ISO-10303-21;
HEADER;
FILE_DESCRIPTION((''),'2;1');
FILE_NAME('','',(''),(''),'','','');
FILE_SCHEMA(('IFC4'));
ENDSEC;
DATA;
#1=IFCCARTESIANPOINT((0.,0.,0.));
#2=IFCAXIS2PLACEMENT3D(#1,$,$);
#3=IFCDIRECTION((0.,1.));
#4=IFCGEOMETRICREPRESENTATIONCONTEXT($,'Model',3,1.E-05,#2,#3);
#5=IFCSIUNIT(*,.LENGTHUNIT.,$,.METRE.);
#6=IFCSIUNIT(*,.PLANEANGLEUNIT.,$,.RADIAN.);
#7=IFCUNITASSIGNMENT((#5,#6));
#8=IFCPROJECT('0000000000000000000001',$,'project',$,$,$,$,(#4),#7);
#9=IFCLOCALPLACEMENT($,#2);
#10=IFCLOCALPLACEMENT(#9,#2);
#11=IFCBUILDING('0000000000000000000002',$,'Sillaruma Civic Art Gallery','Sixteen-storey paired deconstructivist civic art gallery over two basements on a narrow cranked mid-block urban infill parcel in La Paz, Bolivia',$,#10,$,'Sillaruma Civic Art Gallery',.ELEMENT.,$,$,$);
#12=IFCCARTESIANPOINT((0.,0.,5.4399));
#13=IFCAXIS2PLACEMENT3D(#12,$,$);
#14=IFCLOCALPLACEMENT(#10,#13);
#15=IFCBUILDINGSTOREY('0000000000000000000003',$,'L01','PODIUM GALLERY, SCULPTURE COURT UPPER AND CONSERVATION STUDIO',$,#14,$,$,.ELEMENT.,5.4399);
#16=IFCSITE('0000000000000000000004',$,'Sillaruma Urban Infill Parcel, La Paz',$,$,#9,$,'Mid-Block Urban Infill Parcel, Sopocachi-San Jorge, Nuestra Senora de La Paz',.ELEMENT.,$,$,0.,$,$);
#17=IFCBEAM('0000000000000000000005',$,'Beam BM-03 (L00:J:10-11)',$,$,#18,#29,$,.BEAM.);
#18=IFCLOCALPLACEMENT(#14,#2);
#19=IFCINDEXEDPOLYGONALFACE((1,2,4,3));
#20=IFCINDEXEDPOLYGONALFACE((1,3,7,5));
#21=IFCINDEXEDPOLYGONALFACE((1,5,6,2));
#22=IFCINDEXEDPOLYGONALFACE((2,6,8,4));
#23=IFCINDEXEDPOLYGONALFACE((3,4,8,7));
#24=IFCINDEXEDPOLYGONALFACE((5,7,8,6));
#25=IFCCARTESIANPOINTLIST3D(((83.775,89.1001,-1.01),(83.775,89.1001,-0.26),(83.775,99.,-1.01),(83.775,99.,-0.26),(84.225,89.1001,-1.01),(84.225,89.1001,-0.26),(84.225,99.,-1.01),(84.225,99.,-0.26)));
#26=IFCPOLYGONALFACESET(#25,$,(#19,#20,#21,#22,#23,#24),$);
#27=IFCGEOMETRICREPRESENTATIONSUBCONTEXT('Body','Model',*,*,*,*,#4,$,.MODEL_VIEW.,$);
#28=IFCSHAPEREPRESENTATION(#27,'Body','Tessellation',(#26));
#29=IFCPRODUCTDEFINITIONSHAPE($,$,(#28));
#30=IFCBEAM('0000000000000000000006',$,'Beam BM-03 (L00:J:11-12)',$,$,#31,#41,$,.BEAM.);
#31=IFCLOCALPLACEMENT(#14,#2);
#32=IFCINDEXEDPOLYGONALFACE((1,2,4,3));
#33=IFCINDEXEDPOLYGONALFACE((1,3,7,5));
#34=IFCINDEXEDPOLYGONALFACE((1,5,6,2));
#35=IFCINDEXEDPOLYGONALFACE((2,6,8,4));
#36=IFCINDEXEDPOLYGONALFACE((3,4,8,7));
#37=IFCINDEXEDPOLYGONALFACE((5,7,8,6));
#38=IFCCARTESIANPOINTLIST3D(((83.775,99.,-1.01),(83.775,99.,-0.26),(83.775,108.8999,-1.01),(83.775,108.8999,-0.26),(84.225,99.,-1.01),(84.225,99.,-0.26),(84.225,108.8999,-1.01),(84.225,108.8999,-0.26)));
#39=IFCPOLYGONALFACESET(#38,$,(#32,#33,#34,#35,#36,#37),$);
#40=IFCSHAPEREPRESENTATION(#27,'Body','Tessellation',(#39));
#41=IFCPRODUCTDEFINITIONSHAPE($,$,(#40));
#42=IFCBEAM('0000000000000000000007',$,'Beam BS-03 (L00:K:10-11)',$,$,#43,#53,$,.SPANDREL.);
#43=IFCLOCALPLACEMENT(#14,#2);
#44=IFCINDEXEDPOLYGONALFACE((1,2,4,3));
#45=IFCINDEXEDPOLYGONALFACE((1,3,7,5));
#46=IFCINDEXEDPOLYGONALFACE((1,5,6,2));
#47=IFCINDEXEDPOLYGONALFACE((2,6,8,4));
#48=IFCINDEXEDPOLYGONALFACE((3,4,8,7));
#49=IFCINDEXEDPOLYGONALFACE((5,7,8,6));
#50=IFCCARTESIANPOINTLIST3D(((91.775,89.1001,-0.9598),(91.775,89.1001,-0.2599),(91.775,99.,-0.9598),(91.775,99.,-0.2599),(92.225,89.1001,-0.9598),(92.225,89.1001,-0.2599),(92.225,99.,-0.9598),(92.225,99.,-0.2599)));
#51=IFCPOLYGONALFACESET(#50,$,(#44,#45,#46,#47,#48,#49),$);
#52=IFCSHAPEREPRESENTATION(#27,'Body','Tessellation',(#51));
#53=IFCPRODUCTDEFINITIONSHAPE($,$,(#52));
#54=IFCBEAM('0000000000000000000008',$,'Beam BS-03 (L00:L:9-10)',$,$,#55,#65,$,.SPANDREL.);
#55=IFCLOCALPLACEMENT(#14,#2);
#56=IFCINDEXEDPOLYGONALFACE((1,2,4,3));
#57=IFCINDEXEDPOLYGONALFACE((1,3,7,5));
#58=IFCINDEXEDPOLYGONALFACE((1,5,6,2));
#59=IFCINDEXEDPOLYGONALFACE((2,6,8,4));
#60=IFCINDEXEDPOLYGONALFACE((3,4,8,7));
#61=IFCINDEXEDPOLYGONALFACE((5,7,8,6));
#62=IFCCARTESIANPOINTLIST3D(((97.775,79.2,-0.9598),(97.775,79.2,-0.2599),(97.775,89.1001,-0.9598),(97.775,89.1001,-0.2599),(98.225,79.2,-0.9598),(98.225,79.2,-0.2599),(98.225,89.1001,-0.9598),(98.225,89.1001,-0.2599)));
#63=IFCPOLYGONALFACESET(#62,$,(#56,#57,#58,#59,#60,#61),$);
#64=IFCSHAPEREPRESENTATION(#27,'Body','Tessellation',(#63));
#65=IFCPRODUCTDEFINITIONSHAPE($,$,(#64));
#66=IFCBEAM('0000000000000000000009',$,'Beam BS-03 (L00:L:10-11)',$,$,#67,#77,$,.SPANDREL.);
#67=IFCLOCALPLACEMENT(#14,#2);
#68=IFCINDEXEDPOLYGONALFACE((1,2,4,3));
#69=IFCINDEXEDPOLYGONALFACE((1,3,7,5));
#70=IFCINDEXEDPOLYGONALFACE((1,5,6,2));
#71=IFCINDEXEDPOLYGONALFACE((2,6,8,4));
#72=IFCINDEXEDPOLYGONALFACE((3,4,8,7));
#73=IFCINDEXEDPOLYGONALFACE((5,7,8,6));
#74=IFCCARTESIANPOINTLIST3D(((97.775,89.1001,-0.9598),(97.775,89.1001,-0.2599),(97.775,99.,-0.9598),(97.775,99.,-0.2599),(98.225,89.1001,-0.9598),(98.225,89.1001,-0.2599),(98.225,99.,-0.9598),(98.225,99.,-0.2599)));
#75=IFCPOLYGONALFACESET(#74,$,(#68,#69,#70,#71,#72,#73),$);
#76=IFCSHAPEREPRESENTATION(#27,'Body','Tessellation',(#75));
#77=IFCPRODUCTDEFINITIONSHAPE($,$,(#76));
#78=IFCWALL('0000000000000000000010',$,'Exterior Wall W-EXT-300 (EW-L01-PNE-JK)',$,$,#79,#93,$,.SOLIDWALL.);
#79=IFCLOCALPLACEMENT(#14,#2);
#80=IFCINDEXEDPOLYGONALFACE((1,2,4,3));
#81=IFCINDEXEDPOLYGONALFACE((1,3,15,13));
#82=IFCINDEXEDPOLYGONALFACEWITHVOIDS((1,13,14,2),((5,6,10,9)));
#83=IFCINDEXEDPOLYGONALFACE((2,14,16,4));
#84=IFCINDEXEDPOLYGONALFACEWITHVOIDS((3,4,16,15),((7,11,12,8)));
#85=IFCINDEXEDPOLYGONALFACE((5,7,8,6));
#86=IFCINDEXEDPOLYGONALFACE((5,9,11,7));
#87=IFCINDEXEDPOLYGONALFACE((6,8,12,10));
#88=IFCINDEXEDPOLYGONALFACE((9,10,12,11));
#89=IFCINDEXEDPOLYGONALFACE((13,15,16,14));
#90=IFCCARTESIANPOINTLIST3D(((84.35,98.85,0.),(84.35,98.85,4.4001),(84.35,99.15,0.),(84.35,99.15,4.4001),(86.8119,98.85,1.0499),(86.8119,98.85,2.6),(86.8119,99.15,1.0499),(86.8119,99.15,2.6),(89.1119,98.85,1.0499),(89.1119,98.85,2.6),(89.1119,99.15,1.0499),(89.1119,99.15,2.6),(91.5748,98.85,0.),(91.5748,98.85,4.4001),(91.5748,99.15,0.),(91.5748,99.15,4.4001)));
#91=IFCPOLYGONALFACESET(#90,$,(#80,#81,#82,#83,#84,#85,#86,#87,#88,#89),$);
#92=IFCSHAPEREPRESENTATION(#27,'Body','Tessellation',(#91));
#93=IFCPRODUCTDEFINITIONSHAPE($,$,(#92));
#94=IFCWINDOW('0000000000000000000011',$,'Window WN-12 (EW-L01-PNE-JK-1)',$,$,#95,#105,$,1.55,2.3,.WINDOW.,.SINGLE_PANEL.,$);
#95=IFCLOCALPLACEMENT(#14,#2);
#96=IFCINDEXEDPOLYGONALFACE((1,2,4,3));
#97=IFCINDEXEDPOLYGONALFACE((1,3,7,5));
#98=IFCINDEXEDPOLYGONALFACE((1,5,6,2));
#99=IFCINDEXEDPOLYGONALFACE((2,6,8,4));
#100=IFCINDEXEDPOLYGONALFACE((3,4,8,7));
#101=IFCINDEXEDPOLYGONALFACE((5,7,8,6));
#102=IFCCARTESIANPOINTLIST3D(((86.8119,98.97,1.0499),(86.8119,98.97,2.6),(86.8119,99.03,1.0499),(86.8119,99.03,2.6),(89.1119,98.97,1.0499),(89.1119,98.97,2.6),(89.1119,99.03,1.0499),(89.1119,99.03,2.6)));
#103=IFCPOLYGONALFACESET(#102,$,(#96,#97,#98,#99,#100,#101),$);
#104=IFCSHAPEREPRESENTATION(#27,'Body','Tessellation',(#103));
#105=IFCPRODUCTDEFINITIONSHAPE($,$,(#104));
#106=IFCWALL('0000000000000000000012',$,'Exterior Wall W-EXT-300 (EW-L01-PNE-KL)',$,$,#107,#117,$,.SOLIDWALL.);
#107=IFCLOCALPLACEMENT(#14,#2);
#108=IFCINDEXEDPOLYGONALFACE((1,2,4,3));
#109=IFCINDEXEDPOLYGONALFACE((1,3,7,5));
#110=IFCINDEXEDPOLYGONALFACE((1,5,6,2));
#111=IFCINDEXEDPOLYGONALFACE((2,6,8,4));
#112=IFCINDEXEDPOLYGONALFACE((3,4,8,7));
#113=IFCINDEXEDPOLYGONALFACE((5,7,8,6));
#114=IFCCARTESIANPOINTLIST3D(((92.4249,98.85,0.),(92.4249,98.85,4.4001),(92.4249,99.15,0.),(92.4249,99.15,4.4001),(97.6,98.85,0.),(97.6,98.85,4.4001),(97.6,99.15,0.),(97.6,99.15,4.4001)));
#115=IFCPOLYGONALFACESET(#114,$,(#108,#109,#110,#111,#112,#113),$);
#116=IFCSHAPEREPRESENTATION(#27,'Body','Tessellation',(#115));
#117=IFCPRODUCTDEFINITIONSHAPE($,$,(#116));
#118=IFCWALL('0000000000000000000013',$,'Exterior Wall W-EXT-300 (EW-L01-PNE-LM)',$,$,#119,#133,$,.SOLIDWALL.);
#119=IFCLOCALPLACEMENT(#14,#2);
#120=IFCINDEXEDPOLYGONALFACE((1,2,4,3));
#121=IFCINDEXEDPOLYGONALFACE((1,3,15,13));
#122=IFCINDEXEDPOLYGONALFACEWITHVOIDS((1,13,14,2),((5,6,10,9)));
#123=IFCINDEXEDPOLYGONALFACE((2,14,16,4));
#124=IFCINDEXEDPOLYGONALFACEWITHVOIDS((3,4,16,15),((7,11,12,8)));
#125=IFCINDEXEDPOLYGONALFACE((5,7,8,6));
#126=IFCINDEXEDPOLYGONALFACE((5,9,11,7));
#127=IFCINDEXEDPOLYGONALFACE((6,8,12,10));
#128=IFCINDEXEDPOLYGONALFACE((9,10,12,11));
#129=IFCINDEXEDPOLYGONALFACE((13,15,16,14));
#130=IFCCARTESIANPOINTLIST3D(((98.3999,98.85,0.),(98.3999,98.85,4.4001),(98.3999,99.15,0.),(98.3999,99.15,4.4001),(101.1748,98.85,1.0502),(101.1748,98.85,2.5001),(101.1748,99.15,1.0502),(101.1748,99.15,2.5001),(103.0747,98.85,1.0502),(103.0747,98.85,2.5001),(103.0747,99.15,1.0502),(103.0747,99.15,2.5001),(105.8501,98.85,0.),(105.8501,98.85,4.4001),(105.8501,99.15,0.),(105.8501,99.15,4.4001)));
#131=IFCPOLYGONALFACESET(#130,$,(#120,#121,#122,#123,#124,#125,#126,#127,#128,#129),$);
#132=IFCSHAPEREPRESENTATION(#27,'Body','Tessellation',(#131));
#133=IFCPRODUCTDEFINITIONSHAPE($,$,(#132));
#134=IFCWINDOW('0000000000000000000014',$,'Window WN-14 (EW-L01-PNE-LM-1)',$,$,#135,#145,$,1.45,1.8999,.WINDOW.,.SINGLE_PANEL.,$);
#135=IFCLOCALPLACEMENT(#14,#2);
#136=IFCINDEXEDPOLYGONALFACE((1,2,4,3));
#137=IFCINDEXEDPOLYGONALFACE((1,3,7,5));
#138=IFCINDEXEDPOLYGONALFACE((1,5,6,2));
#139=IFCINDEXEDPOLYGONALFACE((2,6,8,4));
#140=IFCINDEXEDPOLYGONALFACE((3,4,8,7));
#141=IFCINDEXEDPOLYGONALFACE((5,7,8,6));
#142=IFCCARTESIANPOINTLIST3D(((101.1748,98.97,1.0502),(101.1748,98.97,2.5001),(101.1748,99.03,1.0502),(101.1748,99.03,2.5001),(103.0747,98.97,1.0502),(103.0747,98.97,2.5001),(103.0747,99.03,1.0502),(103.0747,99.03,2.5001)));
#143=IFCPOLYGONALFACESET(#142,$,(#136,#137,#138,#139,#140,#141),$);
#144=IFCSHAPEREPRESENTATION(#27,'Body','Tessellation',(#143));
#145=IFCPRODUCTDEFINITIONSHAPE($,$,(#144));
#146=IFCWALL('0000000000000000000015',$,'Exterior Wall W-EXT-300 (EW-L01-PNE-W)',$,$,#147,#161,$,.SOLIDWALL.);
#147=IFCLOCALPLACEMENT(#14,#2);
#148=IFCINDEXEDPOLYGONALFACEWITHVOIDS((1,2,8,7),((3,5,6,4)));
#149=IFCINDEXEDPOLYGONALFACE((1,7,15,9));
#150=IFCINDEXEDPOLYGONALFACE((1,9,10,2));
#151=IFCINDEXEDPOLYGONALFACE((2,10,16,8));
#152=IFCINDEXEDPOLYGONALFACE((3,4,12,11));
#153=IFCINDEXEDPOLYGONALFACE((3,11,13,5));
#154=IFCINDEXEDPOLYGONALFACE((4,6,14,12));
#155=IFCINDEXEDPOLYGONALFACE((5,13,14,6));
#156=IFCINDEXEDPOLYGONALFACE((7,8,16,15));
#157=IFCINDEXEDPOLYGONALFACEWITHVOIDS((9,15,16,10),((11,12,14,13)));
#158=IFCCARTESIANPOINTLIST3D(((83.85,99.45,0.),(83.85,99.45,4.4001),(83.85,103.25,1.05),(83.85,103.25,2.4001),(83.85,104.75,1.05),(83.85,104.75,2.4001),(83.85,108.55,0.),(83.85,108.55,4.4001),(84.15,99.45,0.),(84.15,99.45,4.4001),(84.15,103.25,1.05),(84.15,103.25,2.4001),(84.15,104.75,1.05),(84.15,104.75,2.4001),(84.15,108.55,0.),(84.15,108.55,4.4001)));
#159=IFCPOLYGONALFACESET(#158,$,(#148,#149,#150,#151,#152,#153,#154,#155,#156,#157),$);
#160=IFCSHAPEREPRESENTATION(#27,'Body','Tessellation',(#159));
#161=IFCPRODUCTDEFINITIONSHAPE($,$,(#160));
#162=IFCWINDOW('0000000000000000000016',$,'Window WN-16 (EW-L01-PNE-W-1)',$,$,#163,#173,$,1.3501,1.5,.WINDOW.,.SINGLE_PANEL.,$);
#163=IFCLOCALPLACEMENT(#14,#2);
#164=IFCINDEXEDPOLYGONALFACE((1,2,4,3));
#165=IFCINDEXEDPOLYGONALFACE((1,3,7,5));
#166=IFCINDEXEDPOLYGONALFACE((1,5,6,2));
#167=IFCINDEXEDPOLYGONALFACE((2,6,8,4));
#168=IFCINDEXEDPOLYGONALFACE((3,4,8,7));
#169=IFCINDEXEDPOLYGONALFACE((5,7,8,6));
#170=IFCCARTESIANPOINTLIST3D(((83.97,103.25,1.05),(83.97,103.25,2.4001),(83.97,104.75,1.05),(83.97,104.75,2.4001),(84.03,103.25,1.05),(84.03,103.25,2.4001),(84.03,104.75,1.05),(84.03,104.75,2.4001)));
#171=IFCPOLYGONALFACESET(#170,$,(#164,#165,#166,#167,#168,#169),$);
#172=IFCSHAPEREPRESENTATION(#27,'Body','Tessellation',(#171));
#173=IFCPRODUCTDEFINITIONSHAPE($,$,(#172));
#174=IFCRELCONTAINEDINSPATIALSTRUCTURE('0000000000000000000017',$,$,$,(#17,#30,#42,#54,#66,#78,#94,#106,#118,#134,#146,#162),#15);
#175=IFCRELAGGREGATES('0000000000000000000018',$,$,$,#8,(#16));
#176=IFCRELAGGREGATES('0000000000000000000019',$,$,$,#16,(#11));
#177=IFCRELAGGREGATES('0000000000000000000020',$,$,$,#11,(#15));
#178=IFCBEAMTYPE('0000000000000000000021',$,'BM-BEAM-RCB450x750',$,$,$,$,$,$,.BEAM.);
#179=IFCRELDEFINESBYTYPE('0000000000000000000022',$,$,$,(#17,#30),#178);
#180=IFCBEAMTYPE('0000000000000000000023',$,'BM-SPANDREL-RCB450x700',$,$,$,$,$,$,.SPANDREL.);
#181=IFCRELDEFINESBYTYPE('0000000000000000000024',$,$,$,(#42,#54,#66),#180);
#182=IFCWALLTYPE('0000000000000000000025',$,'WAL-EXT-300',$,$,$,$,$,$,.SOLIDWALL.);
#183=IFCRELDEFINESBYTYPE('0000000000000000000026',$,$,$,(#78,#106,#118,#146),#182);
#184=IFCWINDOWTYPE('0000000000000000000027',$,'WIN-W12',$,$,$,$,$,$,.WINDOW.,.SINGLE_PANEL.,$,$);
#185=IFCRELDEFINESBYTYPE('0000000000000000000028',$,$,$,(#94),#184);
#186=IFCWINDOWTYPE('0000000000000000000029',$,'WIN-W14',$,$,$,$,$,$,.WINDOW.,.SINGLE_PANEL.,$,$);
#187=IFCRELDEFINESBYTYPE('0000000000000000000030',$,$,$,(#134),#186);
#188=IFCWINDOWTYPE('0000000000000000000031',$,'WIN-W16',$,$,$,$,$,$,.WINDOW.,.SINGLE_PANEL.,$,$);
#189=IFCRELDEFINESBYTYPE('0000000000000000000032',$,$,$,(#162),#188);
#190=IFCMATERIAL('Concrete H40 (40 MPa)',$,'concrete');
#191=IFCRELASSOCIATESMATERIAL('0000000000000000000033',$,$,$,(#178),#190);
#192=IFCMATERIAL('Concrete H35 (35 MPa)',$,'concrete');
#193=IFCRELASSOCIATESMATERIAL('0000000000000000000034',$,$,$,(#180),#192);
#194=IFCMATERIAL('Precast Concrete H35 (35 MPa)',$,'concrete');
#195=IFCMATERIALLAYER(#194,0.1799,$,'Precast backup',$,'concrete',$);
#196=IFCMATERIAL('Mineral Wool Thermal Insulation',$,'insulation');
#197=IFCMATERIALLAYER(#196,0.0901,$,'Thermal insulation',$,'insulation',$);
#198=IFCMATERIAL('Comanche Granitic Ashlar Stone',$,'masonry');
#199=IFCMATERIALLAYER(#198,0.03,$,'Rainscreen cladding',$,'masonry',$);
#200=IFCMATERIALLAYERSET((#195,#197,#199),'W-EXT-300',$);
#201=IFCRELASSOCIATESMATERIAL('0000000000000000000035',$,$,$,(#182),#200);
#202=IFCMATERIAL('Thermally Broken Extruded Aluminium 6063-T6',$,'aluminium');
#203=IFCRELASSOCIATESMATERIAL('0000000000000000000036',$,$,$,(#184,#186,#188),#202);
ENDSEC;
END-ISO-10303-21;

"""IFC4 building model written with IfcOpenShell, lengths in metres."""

from ifc_helpers import new_model, si_unit, direction, frame, frame_2d, origin, origin_2d, place, context, subcontext, project, spatial, rectangle, extrude, material, layer, layer_set, material_profile, profile_set, type_object, element, fill, save


model = new_model("IFC4")

# Units and contexts
model_context = context("Model", 3, precision=1e-05, world=origin(), true_north=direction((0.0, 1.0)))
body_context = subcontext(model_context, "Body", "Model", "MODEL_VIEW")
ifc_project = project(units=[si_unit("LENGTHUNIT", "METRE"), si_unit("PLANEANGLEUNIT", "RADIAN")], contexts=[model_context])

# Site, building, storey
site_placement = place(None, origin())
site = spatial("IfcSite", under=ifc_project, at=site_placement, Name="Sillaruma Urban Infill Parcel, La Paz", LongName="Mid-Block Urban Infill Parcel, Sopocachi-San Jorge, Nuestra Senora de La Paz", CompositionType="ELEMENT", RefElevation=0.0)
building_placement = place(site_placement, origin())
building = spatial("IfcBuilding", under=site, at=building_placement, Name="Sillaruma Civic Art Gallery", Description="Sixteen-storey paired deconstructivist civic art gallery over two basements on a narrow cranked mid-block urban infill parcel in La Paz, Bolivia", LongName="Sillaruma Civic Art Gallery", CompositionType="ELEMENT")
storey_placement = place(building_placement, frame((0.0, 0.0, 5.4399)))
storey = spatial("IfcBuildingStorey", under=building, at=storey_placement, Name="L01", Description="PODIUM GALLERY, SCULPTURE COURT UPPER AND CONSERVATION STUDIO", CompositionType="ELEMENT", Elevation=5.4399)

# Shared definitions
ifc_material_1 = material(Name="Concrete H40 (40 MPa)", Category="concrete")

# Beams
ifc_material_2 = material(Name="Concrete H35 (35 MPa)", Category="concrete")
ifc_material_profile_1 = material_profile(ifc_material_1, rectangle(XDim=0.45, YDim=0.75, at=origin_2d()), Name="RCB450x750")
ifc_profile_set_1 = profile_set([ifc_material_profile_1], Name="Concrete H40 (40 MPa)")
beam_type_1 = type_object("IfcBeamType", Name="BM-BEAM-RCB450x750", PredefinedType="BEAM", material=ifc_profile_set_1)
for number, where, z_axis, x_axis, name in (
    (1, (84.0, 89.1001, -0.635), (0.0, 1.0, 0.0), (-1.0, 0.0, 0.0), "Beam BM-03 (L00:J:10-11)"),
    (2, (84.0, 99.0, -0.635), (0.0, 1.0, 0.0), (-1.0, 0.0, 0.0), "Beam BM-03 (L00:J:11-12)"),
):
    element("IfcBeam", number, at=place(storey_placement, frame(where, z_axis=z_axis, x_axis=x_axis)), inside=storey, type_object=beam_type_1, Name=name, PredefinedType="BEAM", context=body_context, shape_type="SweptSolid", body=[
        extrude(rectangle(XDim=0.45, YDim=0.75, at=origin_2d()), origin(), (0.0, 0.0, 1.0), 9.8999),
    ])
ifc_material_profile_2 = material_profile(ifc_material_2, rectangle(XDim=0.45, YDim=0.7, at=origin_2d()), Name="RCB450x700")
ifc_profile_set_2 = profile_set([ifc_material_profile_2], Name="Concrete H35 (35 MPa)")
beam_type_2 = type_object("IfcBeamType", Name="BM-SPANDREL-RCB450x700", PredefinedType="SPANDREL", material=ifc_profile_set_2)
beam_1_placement = place(storey_placement, frame((92.0, 89.1001, -0.6099), z_axis=(0.0, 1.0, 0.0), x_axis=(-1.0, 0.0, 0.0)))
element("IfcBeam", 3, at=beam_1_placement, inside=storey, type_object=beam_type_2, Name="Beam BS-03 (L00:K:10-11)", PredefinedType="SPANDREL", context=body_context, shape_type="SweptSolid", body=[
    extrude(rectangle(XDim=0.45, YDim=0.7, at=origin_2d()), origin(), (0.0, 0.0, 1.0), 9.8999),
])
beam_2_placement = place(storey_placement, frame((98.0, 79.2, -0.6099), z_axis=(0.0, 1.0, 0.0), x_axis=(-1.0, 0.0, 0.0)))
element("IfcBeam", 4, at=beam_2_placement, inside=storey, type_object=beam_type_2, Name="Beam BS-03 (L00:L:9-10)", PredefinedType="SPANDREL", context=body_context, shape_type="SweptSolid", body=[
    extrude(rectangle(XDim=0.45, YDim=0.7, at=origin_2d()), origin(), (0.0, 0.0, 1.0), 9.9001),
])
beam_3_placement = place(storey_placement, frame((98.0, 89.1001, -0.6099), z_axis=(0.0, 1.0, 0.0), x_axis=(-1.0, 0.0, 0.0)))
element("IfcBeam", 5, at=beam_3_placement, inside=storey, type_object=beam_type_2, Name="Beam BS-03 (L00:L:10-11)", PredefinedType="SPANDREL", context=body_context, shape_type="SweptSolid", body=[
    extrude(rectangle(XDim=0.45, YDim=0.7, at=origin_2d()), origin(), (0.0, 0.0, 1.0), 9.8999),
])

# Wall, opening, window
ifc_material_3 = material(Name="Precast Concrete H35 (35 MPa)", Category="concrete")
ifc_layer_1 = layer(ifc_material_3, 0.1799, Name="Precast backup", Category="concrete")
ifc_material_4 = material(Name="Mineral Wool Thermal Insulation", Category="insulation")
ifc_layer_2 = layer(ifc_material_4, 0.0901, Name="Thermal insulation", Category="insulation")
ifc_material_5 = material(Name="Comanche Granitic Ashlar Stone", Category="masonry")
ifc_layer_3 = layer(ifc_material_5, 0.03, Name="Rainscreen cladding", Category="masonry")
ifc_layer_set = layer_set([ifc_layer_1, ifc_layer_2, ifc_layer_3], Name="W-EXT-300")
wall_type = type_object("IfcWallType", Name="WAL-EXT-300", PredefinedType="SOLIDWALL", material=ifc_layer_set)
wall_1_placement = place(storey_placement, frame((84.3501, 99.0, 0.0), z_axis=(0.0, 0.0, 1.0), x_axis=(1.0, 0.0, 0.0)))
wall_1 = element("IfcWall", 6, at=wall_1_placement, inside=storey, type_object=wall_type, Name="Exterior Wall W-EXT-300 (EW-L01-PNE-JK)", PredefinedType="SOLIDWALL", context=body_context, shape_type="SweptSolid", body=[
    extrude(rectangle(XDim=7.2249, YDim=0.3, at=frame_2d((3.6123, 0.0))), origin(), (0.0, 0.0, 1.0), 4.4001),
])
opening_1_placement = place(wall_1_placement, frame((2.4619, 0.0, 1.05)))
opening_1 = element("IfcOpeningElement", 7, at=opening_1_placement, cuts=wall_1, PredefinedType="OPENING", context=body_context, shape_type="SweptSolid", body=[
    extrude(rectangle(XDim=2.3, YDim=1.55, at=frame_2d((1.1499, 0.7749))), frame((0.0, 0.1599, 0.0), z_axis=(0.0, -1.0, 0.0), x_axis=(1.0, 0.0, 0.0)), (0.0, 0.0, 1.0), 0.3201),
])
ifc_material_6 = material(Name="Thermally Broken Extruded Aluminium 6063-T6", Category="aluminium")
window_type_1 = type_object("IfcWindowType", Name="WIN-W12", PartitioningType="SINGLE_PANEL", PredefinedType="WINDOW", material=ifc_material_6)
window_1_placement = place(opening_1_placement, origin())
window_1 = element("IfcWindow", 8, at=window_1_placement, inside=storey, type_object=window_type_1, Name="Window WN-12 (EW-L01-PNE-JK-1)", OverallHeight=1.55, OverallWidth=2.3, PartitioningType="SINGLE_PANEL", PredefinedType="WINDOW", context=body_context, shape_type="SweptSolid", body=[
    extrude(rectangle(XDim=2.3, YDim=1.55, at=frame_2d((1.1499, 0.7749))), frame((0.0, 0.03, 0.0), z_axis=(0.0, -1.0, 0.0), x_axis=(1.0, 0.0, 0.0)), (0.0, 0.0, 1.0), 0.0601),
])
fill(opening_1, window_1)

# Wall
wall_2_placement = place(storey_placement, frame((92.425, 99.0, 0.0), z_axis=(0.0, 0.0, 1.0), x_axis=(1.0, 0.0, 0.0)))
element("IfcWall", 9, at=wall_2_placement, inside=storey, type_object=wall_type, Name="Exterior Wall W-EXT-300 (EW-L01-PNE-KL)", PredefinedType="SOLIDWALL", context=body_context, shape_type="SweptSolid", body=[
    extrude(rectangle(XDim=5.175, YDim=0.3, at=frame_2d((2.5874, 0.0))), origin(), (0.0, 0.0, 1.0), 4.4001),
])

# Walls, openings, windows
wall_3_placement = place(storey_placement, frame((98.3999, 99.0, 0.0), z_axis=(0.0, 0.0, 1.0), x_axis=(1.0, 0.0, 0.0)))
wall_3 = element("IfcWall", 10, at=wall_3_placement, inside=storey, type_object=wall_type, Name="Exterior Wall W-EXT-300 (EW-L01-PNE-LM)", PredefinedType="SOLIDWALL", context=body_context, shape_type="SweptSolid", body=[
    extrude(rectangle(XDim=7.4502, YDim=0.3, at=frame_2d((3.7251, 0.0))), origin(), (0.0, 0.0, 1.0), 4.4001),
])
opening_2_placement = place(wall_3_placement, frame((2.7749, 0.0, 1.05)))
opening_2 = element("IfcOpeningElement", 11, at=opening_2_placement, cuts=wall_3, PredefinedType="OPENING", context=body_context, shape_type="SweptSolid", body=[
    extrude(rectangle(XDim=1.8999, YDim=1.45, at=frame_2d((0.95, 0.7251))), frame((0.0, 0.1599, 0.0), z_axis=(0.0, -1.0, 0.0), x_axis=(1.0, 0.0, 0.0)), (0.0, 0.0, 1.0), 0.3201),
])
window_type_2 = type_object("IfcWindowType", Name="WIN-W14", PartitioningType="SINGLE_PANEL", PredefinedType="WINDOW", material=ifc_material_6)
window_2_placement = place(opening_2_placement, origin())
window_2 = element("IfcWindow", 12, at=window_2_placement, inside=storey, type_object=window_type_2, Name="Window WN-14 (EW-L01-PNE-LM-1)", OverallHeight=1.45, OverallWidth=1.8999, PartitioningType="SINGLE_PANEL", PredefinedType="WINDOW", context=body_context, shape_type="SweptSolid", body=[
    extrude(rectangle(XDim=1.8999, YDim=1.45, at=frame_2d((0.95, 0.7251))), frame((0.0, 0.03, 0.0), z_axis=(0.0, -1.0, 0.0), x_axis=(1.0, 0.0, 0.0)), (0.0, 0.0, 1.0), 0.0601),
])
fill(opening_2, window_2)
wall_4_placement = place(storey_placement, frame((84.0, 99.45, 0.0), z_axis=(0.0, 0.0, 1.0), x_axis=(0.0, 1.0, 0.0)))
wall_4 = element("IfcWall", 13, at=wall_4_placement, inside=storey, type_object=wall_type, Name="Exterior Wall W-EXT-300 (EW-L01-PNE-W)", PredefinedType="SOLIDWALL", context=body_context, shape_type="SweptSolid", body=[
    extrude(rectangle(XDim=9.1001, YDim=0.3, at=frame_2d((4.55, 0.0))), origin(), (0.0, 0.0, 1.0), 4.4001),
])
opening_3_placement = place(wall_4_placement, frame((3.8, 0.0, 1.05)))
opening_3 = element("IfcOpeningElement", 14, at=opening_3_placement, cuts=wall_4, PredefinedType="OPENING", context=body_context, shape_type="SweptSolid", body=[
    extrude(rectangle(XDim=1.5, YDim=1.3501, at=frame_2d((0.75, 0.675))), frame((0.0, 0.1599, 0.0), z_axis=(0.0, -1.0, 0.0), x_axis=(1.0, 0.0, 0.0)), (0.0, 0.0, 1.0), 0.3201),
])
window_type_3 = type_object("IfcWindowType", Name="WIN-W16", PartitioningType="SINGLE_PANEL", PredefinedType="WINDOW", material=ifc_material_6)
window_3_placement = place(opening_3_placement, origin())
window_3 = element("IfcWindow", 15, at=window_3_placement, inside=storey, type_object=window_type_3, Name="Window WN-16 (EW-L01-PNE-W-1)", OverallHeight=1.3501, OverallWidth=1.5, PartitioningType="SINGLE_PANEL", PredefinedType="WINDOW", context=body_context, shape_type="SweptSolid", body=[
    extrude(rectangle(XDim=1.5, YDim=1.3501, at=frame_2d((0.75, 0.675))), frame((0.0, 0.03, 0.0), z_axis=(0.0, -1.0, 0.0), x_axis=(1.0, 0.0, 0.0)), (0.0, 0.0, 1.0), 0.0601),
])
fill(opening_3, window_3)

save(model, "model.ifc")
